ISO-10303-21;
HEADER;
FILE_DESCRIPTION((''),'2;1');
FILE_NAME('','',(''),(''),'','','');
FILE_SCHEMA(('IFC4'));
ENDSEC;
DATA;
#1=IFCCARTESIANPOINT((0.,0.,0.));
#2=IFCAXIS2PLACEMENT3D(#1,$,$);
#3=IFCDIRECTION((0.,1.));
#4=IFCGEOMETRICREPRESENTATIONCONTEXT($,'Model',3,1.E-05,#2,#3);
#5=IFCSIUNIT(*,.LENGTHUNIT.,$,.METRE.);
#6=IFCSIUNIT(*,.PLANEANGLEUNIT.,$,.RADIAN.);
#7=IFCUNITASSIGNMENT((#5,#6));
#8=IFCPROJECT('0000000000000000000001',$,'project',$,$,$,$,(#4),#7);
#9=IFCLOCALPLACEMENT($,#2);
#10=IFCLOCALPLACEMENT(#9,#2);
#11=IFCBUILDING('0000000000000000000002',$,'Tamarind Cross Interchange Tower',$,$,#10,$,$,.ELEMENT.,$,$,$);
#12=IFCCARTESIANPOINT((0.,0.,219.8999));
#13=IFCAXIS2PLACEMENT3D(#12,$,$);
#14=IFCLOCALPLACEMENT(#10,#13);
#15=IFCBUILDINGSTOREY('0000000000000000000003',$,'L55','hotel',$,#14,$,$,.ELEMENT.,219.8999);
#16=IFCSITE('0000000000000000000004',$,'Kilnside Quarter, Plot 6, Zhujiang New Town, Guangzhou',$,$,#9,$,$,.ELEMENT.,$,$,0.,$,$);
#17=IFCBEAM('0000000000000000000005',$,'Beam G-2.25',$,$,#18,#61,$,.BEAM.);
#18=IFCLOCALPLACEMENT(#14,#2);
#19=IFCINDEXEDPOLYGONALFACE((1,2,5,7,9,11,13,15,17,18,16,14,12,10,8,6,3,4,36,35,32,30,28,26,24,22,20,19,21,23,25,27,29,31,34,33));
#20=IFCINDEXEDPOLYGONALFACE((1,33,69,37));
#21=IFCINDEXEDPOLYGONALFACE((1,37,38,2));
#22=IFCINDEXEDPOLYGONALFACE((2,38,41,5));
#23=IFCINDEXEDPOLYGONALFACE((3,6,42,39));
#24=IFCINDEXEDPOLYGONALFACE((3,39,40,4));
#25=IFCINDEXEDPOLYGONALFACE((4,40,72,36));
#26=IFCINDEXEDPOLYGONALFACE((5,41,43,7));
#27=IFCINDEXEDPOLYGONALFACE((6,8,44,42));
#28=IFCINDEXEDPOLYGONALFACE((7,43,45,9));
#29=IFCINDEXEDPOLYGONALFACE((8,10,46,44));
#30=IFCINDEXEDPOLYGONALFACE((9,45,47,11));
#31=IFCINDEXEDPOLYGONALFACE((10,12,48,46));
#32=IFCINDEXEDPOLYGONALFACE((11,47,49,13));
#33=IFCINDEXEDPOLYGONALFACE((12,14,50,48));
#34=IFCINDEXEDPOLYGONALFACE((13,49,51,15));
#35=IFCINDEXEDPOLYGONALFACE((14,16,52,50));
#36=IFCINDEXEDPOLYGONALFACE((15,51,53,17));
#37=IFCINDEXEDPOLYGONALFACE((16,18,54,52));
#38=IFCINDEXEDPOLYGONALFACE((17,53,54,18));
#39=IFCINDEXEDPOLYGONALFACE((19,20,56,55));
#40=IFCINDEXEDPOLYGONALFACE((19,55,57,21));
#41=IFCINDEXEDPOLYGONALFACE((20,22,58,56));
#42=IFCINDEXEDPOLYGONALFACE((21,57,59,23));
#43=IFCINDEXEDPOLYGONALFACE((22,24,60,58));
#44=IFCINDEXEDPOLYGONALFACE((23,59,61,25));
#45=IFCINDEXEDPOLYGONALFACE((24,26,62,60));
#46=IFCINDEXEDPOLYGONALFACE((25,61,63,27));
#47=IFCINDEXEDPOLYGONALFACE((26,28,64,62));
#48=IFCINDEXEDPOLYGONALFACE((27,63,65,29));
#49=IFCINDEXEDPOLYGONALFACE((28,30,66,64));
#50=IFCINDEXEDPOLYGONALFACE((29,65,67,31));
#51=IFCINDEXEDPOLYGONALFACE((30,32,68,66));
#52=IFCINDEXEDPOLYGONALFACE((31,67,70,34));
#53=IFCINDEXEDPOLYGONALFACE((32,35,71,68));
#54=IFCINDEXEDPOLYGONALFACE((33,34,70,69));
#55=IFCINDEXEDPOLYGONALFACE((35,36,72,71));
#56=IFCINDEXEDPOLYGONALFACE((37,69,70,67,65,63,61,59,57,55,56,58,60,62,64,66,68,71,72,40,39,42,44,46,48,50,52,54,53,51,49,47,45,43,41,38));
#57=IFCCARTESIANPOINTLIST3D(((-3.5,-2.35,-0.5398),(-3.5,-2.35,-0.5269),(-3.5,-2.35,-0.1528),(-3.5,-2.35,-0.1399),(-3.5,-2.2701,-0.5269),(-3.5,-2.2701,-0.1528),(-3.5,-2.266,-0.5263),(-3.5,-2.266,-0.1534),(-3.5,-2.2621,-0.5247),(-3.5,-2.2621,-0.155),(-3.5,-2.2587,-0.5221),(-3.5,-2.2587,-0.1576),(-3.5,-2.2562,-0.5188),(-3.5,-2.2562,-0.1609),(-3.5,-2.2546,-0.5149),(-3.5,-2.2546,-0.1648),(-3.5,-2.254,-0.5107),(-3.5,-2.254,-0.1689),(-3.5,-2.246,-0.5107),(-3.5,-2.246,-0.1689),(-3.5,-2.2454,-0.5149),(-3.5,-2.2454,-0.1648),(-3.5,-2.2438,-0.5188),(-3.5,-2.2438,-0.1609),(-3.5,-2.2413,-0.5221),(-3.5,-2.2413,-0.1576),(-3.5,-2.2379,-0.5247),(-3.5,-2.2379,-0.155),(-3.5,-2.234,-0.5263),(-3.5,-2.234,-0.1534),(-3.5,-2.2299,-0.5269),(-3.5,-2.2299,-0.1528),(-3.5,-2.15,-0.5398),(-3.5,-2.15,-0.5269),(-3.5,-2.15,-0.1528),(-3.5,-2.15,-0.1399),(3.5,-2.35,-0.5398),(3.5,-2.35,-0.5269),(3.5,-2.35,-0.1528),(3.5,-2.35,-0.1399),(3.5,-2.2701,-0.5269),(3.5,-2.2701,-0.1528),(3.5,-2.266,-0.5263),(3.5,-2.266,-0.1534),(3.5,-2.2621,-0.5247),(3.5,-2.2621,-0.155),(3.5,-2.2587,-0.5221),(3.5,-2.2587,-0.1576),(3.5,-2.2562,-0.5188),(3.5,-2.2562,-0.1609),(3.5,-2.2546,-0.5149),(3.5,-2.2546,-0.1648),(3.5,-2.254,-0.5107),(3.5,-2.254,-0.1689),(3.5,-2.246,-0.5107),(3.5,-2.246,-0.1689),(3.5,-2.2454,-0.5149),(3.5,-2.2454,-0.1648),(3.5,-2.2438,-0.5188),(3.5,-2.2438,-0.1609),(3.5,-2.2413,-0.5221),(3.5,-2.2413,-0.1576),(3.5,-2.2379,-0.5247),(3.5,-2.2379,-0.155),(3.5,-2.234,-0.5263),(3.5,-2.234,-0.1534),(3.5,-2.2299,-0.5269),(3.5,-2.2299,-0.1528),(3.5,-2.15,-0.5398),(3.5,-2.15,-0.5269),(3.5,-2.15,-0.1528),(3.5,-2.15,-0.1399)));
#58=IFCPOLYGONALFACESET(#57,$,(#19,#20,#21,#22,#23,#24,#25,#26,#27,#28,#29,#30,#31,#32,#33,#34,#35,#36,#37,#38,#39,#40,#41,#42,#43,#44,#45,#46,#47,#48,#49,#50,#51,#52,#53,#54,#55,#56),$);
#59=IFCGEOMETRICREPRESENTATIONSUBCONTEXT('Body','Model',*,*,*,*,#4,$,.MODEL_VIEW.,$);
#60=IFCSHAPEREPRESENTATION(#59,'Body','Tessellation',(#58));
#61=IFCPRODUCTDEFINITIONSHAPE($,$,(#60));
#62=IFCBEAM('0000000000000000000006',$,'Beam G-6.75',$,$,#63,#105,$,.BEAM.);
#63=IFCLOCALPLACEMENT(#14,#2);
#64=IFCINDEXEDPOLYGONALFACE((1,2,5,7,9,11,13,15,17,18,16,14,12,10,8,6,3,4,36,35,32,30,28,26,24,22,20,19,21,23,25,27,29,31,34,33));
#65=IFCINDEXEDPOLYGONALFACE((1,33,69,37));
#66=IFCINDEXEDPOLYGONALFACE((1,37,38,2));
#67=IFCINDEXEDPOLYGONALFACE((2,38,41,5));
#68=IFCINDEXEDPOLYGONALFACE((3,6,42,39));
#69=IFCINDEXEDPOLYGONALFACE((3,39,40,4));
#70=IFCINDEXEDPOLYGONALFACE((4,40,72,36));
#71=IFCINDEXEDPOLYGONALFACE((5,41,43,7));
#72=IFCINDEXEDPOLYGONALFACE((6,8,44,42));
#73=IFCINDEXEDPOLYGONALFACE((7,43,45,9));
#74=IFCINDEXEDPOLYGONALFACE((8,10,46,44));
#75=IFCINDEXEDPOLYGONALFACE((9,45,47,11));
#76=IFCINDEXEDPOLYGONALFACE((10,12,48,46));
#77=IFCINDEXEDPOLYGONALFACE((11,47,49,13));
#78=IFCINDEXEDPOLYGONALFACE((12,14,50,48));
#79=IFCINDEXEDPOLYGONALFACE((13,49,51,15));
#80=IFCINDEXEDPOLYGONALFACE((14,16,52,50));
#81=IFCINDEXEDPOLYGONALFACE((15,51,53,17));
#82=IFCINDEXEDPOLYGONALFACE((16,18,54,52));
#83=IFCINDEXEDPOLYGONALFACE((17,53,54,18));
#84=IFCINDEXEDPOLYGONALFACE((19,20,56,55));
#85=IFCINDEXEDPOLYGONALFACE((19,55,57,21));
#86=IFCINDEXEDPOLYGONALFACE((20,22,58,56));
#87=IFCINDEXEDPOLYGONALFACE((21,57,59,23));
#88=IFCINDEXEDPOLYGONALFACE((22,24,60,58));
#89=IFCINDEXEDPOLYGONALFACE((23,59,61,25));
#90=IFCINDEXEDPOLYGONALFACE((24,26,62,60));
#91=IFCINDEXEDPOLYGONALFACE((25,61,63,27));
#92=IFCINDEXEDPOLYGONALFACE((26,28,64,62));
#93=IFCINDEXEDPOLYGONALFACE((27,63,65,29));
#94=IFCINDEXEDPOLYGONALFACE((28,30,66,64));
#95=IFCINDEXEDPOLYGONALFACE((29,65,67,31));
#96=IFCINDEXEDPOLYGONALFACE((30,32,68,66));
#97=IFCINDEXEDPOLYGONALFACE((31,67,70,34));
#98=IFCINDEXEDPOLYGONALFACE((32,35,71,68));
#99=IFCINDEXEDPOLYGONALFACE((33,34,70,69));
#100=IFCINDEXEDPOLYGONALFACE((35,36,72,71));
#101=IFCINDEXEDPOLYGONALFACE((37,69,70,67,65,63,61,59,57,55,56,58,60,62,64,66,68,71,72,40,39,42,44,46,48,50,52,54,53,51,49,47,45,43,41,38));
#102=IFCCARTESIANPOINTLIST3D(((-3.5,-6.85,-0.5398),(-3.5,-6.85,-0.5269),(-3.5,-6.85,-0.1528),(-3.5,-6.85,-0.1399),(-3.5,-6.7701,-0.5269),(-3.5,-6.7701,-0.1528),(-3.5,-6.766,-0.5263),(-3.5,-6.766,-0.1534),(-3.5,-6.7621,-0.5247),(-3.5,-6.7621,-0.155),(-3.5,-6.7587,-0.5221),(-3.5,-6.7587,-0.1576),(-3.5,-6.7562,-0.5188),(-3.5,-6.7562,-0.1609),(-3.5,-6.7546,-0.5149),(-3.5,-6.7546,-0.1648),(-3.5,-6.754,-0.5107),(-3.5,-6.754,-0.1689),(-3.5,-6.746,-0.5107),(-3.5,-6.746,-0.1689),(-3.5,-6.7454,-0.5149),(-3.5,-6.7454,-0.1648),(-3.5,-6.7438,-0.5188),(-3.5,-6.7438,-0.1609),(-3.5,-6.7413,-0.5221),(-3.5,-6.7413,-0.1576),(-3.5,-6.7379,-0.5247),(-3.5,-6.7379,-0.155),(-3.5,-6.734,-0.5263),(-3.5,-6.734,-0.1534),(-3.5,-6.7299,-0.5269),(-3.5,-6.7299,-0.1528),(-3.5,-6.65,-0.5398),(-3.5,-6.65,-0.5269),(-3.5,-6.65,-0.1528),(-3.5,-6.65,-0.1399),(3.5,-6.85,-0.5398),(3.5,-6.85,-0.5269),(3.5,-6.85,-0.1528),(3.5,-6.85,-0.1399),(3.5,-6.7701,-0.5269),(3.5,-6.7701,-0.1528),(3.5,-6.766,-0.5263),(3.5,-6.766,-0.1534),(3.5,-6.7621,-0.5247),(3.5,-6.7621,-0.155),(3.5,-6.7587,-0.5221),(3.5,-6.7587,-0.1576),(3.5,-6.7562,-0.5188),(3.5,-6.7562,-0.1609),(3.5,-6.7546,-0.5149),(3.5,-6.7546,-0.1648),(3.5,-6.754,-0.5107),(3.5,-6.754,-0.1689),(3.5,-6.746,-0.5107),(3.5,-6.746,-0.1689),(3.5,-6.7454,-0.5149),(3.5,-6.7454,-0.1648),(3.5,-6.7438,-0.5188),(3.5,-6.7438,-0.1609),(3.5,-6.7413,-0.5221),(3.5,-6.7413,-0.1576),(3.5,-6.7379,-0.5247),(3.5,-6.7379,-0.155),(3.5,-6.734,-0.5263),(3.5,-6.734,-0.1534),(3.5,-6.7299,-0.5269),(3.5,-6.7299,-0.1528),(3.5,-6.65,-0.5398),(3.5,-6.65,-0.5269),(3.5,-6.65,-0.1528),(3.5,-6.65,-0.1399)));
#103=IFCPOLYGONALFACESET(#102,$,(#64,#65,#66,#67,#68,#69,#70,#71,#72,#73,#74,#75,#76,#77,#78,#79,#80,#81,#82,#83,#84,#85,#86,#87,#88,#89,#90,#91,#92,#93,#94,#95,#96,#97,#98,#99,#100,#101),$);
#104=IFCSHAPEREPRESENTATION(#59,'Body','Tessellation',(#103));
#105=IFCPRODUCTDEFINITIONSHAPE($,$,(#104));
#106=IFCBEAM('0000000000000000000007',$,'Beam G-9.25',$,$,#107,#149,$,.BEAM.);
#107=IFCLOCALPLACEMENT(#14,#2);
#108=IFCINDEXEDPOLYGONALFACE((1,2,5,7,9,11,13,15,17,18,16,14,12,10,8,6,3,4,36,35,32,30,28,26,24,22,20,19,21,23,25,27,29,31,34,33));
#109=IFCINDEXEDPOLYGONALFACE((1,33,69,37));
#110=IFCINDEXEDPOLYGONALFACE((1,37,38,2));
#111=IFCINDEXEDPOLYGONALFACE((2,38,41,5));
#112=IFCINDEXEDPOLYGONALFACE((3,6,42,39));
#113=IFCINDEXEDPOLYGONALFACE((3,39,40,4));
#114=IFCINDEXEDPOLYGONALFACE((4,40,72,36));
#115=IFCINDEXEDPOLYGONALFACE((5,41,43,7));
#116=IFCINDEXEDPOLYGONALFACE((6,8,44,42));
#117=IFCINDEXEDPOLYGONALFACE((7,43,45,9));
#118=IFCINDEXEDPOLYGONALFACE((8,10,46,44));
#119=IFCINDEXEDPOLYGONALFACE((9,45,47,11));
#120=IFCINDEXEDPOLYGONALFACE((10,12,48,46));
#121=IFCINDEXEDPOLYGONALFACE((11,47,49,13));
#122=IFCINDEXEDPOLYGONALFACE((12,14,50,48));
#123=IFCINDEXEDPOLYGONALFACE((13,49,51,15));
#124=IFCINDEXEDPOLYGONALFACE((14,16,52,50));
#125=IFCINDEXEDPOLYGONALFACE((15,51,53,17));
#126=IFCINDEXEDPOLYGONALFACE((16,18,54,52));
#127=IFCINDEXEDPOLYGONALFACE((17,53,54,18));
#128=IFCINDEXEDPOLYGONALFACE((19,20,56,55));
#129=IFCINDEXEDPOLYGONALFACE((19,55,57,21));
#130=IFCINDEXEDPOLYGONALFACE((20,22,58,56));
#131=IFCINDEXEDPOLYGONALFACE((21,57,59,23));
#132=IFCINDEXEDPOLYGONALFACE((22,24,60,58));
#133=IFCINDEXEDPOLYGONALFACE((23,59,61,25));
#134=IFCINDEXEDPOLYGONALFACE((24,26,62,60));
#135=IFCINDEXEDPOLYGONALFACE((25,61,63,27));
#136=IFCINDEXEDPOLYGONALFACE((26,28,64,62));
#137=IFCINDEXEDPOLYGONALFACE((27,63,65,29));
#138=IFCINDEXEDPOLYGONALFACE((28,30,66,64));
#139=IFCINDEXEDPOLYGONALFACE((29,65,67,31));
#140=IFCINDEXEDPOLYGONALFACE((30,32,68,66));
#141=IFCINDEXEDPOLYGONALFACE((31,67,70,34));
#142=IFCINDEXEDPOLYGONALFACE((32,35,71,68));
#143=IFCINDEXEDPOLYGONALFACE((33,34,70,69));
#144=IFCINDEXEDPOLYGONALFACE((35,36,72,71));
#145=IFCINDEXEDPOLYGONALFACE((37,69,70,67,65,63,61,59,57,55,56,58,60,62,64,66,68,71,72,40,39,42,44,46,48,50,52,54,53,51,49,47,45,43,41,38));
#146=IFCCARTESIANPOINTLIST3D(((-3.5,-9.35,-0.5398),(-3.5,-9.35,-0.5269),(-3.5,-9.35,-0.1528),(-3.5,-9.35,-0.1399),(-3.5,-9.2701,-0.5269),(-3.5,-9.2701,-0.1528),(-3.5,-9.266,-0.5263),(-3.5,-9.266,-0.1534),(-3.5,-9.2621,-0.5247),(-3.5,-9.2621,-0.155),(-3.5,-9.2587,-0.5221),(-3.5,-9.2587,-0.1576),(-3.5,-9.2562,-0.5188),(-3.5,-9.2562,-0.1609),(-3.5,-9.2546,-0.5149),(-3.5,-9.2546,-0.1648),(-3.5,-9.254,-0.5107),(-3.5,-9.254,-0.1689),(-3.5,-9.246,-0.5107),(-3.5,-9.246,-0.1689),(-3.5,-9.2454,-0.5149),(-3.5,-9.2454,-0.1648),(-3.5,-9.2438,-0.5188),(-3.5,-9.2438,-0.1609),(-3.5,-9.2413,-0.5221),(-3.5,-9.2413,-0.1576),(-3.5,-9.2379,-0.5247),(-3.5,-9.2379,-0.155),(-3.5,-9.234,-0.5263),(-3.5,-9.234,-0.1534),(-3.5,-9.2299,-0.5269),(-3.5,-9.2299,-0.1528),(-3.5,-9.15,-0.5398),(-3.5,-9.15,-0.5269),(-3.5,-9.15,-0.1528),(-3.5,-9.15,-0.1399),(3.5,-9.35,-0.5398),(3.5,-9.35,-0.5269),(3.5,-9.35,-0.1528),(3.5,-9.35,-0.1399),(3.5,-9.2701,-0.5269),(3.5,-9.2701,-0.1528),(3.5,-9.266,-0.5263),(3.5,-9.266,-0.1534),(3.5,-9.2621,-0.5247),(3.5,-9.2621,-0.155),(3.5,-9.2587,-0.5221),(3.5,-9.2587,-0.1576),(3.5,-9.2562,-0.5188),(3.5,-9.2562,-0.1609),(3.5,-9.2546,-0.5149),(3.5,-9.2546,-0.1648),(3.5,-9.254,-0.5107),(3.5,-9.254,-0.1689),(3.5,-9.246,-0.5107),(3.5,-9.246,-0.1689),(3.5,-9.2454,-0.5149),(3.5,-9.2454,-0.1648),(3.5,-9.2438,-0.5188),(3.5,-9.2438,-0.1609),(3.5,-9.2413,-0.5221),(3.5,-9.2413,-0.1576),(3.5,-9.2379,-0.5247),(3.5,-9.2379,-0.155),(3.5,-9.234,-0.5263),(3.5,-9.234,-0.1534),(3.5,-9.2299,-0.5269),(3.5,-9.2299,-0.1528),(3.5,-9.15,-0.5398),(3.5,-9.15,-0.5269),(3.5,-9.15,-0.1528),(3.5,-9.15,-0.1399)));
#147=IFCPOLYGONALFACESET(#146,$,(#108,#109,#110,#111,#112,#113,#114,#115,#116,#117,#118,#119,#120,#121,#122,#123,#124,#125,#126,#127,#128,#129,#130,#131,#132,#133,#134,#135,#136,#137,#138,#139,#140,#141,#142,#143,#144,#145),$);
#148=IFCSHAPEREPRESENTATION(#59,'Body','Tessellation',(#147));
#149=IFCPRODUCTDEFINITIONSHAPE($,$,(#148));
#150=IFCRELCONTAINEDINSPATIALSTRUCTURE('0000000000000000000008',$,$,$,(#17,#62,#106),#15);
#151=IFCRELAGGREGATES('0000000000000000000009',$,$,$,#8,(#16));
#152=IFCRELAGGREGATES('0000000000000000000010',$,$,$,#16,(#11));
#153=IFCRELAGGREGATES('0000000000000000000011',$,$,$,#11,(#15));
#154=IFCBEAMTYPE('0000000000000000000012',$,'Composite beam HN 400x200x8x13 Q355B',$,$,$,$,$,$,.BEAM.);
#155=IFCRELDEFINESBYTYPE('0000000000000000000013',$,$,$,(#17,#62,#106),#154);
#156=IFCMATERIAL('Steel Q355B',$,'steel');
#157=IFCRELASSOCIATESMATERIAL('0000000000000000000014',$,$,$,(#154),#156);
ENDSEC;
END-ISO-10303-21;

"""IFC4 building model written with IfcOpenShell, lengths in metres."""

from ifc_helpers import new_model, si_unit, direction, frame, origin, origin_2d, place, context, subcontext, project, spatial, i_section, extrude, material, material_profile, profile_set, type_object, element, save


model = new_model("IFC4")

# Units and contexts
model_context = context("Model", 3, precision=1e-05, world=origin(), true_north=direction((0.0, 1.0)))
body_context = subcontext(model_context, "Body", "Model", "MODEL_VIEW")
ifc_project = project(units=[si_unit("LENGTHUNIT", "METRE"), si_unit("PLANEANGLEUNIT", "RADIAN")], contexts=[model_context])

# Site, building, storey
site_placement = place(None, origin())
site = spatial("IfcSite", under=ifc_project, at=site_placement, Name="Kilnside Quarter, Plot 6, Zhujiang New Town, Guangzhou", CompositionType="ELEMENT", RefElevation=0.0)
building_placement = place(site_placement, origin())
building = spatial("IfcBuilding", under=site, at=building_placement, Name="Tamarind Cross Interchange Tower", CompositionType="ELEMENT")
storey_placement = place(building_placement, frame((0.0, 0.0, 219.8999)))
storey = spatial("IfcBuildingStorey", under=building, at=storey_placement, Name="L55", Description="hotel", CompositionType="ELEMENT", Elevation=219.8999)

# Beams
ifc_material_1 = material(Name="Steel Q355B", Category="steel")
ifc_material_profile = material_profile(ifc_material_1, i_section(OverallWidth=0.2, OverallDepth=0.3999, WebThickness=0.0081, FlangeThickness=0.0129, FilletRadius=0.0161, at=origin_2d()), Name="HN 400x200x8x13")
ifc_profile_set = profile_set([ifc_material_profile], Name="Steel Q355B")
beam_type = type_object("IfcBeamType", Name="Composite beam HN 400x200x8x13 Q355B", PredefinedType="BEAM", material=ifc_profile_set)
for number, where, z_axis, x_axis, name in (
    (1, (-3.5, -2.25, -0.3398), (1.0, 0.0, 0.0), (0.0, 1.0, 0.0), "Beam G-2.25"),
    (2, (-3.5, -6.75, -0.3398), (1.0, 0.0, 0.0), (0.0, 1.0, 0.0), "Beam G-6.75"),
    (3, (-3.5, -9.25, -0.3398), (1.0, 0.0, 0.0), (0.0, 1.0, 0.0), "Beam G-9.25"),
):
    element("IfcBeam", number, at=place(storey_placement, frame(where, z_axis=z_axis, x_axis=x_axis)), inside=storey, type_object=beam_type, Name=name, PredefinedType="BEAM", context=body_context, shape_type="SweptSolid", body=[
        extrude(i_section(OverallWidth=0.2, OverallDepth=0.3999, WebThickness=0.0081, FlangeThickness=0.0129, FilletRadius=0.0161, at=origin_2d()), origin(), (0.0, 0.0, 1.0), 7.0),
    ])

save(model, "model.ifc")
